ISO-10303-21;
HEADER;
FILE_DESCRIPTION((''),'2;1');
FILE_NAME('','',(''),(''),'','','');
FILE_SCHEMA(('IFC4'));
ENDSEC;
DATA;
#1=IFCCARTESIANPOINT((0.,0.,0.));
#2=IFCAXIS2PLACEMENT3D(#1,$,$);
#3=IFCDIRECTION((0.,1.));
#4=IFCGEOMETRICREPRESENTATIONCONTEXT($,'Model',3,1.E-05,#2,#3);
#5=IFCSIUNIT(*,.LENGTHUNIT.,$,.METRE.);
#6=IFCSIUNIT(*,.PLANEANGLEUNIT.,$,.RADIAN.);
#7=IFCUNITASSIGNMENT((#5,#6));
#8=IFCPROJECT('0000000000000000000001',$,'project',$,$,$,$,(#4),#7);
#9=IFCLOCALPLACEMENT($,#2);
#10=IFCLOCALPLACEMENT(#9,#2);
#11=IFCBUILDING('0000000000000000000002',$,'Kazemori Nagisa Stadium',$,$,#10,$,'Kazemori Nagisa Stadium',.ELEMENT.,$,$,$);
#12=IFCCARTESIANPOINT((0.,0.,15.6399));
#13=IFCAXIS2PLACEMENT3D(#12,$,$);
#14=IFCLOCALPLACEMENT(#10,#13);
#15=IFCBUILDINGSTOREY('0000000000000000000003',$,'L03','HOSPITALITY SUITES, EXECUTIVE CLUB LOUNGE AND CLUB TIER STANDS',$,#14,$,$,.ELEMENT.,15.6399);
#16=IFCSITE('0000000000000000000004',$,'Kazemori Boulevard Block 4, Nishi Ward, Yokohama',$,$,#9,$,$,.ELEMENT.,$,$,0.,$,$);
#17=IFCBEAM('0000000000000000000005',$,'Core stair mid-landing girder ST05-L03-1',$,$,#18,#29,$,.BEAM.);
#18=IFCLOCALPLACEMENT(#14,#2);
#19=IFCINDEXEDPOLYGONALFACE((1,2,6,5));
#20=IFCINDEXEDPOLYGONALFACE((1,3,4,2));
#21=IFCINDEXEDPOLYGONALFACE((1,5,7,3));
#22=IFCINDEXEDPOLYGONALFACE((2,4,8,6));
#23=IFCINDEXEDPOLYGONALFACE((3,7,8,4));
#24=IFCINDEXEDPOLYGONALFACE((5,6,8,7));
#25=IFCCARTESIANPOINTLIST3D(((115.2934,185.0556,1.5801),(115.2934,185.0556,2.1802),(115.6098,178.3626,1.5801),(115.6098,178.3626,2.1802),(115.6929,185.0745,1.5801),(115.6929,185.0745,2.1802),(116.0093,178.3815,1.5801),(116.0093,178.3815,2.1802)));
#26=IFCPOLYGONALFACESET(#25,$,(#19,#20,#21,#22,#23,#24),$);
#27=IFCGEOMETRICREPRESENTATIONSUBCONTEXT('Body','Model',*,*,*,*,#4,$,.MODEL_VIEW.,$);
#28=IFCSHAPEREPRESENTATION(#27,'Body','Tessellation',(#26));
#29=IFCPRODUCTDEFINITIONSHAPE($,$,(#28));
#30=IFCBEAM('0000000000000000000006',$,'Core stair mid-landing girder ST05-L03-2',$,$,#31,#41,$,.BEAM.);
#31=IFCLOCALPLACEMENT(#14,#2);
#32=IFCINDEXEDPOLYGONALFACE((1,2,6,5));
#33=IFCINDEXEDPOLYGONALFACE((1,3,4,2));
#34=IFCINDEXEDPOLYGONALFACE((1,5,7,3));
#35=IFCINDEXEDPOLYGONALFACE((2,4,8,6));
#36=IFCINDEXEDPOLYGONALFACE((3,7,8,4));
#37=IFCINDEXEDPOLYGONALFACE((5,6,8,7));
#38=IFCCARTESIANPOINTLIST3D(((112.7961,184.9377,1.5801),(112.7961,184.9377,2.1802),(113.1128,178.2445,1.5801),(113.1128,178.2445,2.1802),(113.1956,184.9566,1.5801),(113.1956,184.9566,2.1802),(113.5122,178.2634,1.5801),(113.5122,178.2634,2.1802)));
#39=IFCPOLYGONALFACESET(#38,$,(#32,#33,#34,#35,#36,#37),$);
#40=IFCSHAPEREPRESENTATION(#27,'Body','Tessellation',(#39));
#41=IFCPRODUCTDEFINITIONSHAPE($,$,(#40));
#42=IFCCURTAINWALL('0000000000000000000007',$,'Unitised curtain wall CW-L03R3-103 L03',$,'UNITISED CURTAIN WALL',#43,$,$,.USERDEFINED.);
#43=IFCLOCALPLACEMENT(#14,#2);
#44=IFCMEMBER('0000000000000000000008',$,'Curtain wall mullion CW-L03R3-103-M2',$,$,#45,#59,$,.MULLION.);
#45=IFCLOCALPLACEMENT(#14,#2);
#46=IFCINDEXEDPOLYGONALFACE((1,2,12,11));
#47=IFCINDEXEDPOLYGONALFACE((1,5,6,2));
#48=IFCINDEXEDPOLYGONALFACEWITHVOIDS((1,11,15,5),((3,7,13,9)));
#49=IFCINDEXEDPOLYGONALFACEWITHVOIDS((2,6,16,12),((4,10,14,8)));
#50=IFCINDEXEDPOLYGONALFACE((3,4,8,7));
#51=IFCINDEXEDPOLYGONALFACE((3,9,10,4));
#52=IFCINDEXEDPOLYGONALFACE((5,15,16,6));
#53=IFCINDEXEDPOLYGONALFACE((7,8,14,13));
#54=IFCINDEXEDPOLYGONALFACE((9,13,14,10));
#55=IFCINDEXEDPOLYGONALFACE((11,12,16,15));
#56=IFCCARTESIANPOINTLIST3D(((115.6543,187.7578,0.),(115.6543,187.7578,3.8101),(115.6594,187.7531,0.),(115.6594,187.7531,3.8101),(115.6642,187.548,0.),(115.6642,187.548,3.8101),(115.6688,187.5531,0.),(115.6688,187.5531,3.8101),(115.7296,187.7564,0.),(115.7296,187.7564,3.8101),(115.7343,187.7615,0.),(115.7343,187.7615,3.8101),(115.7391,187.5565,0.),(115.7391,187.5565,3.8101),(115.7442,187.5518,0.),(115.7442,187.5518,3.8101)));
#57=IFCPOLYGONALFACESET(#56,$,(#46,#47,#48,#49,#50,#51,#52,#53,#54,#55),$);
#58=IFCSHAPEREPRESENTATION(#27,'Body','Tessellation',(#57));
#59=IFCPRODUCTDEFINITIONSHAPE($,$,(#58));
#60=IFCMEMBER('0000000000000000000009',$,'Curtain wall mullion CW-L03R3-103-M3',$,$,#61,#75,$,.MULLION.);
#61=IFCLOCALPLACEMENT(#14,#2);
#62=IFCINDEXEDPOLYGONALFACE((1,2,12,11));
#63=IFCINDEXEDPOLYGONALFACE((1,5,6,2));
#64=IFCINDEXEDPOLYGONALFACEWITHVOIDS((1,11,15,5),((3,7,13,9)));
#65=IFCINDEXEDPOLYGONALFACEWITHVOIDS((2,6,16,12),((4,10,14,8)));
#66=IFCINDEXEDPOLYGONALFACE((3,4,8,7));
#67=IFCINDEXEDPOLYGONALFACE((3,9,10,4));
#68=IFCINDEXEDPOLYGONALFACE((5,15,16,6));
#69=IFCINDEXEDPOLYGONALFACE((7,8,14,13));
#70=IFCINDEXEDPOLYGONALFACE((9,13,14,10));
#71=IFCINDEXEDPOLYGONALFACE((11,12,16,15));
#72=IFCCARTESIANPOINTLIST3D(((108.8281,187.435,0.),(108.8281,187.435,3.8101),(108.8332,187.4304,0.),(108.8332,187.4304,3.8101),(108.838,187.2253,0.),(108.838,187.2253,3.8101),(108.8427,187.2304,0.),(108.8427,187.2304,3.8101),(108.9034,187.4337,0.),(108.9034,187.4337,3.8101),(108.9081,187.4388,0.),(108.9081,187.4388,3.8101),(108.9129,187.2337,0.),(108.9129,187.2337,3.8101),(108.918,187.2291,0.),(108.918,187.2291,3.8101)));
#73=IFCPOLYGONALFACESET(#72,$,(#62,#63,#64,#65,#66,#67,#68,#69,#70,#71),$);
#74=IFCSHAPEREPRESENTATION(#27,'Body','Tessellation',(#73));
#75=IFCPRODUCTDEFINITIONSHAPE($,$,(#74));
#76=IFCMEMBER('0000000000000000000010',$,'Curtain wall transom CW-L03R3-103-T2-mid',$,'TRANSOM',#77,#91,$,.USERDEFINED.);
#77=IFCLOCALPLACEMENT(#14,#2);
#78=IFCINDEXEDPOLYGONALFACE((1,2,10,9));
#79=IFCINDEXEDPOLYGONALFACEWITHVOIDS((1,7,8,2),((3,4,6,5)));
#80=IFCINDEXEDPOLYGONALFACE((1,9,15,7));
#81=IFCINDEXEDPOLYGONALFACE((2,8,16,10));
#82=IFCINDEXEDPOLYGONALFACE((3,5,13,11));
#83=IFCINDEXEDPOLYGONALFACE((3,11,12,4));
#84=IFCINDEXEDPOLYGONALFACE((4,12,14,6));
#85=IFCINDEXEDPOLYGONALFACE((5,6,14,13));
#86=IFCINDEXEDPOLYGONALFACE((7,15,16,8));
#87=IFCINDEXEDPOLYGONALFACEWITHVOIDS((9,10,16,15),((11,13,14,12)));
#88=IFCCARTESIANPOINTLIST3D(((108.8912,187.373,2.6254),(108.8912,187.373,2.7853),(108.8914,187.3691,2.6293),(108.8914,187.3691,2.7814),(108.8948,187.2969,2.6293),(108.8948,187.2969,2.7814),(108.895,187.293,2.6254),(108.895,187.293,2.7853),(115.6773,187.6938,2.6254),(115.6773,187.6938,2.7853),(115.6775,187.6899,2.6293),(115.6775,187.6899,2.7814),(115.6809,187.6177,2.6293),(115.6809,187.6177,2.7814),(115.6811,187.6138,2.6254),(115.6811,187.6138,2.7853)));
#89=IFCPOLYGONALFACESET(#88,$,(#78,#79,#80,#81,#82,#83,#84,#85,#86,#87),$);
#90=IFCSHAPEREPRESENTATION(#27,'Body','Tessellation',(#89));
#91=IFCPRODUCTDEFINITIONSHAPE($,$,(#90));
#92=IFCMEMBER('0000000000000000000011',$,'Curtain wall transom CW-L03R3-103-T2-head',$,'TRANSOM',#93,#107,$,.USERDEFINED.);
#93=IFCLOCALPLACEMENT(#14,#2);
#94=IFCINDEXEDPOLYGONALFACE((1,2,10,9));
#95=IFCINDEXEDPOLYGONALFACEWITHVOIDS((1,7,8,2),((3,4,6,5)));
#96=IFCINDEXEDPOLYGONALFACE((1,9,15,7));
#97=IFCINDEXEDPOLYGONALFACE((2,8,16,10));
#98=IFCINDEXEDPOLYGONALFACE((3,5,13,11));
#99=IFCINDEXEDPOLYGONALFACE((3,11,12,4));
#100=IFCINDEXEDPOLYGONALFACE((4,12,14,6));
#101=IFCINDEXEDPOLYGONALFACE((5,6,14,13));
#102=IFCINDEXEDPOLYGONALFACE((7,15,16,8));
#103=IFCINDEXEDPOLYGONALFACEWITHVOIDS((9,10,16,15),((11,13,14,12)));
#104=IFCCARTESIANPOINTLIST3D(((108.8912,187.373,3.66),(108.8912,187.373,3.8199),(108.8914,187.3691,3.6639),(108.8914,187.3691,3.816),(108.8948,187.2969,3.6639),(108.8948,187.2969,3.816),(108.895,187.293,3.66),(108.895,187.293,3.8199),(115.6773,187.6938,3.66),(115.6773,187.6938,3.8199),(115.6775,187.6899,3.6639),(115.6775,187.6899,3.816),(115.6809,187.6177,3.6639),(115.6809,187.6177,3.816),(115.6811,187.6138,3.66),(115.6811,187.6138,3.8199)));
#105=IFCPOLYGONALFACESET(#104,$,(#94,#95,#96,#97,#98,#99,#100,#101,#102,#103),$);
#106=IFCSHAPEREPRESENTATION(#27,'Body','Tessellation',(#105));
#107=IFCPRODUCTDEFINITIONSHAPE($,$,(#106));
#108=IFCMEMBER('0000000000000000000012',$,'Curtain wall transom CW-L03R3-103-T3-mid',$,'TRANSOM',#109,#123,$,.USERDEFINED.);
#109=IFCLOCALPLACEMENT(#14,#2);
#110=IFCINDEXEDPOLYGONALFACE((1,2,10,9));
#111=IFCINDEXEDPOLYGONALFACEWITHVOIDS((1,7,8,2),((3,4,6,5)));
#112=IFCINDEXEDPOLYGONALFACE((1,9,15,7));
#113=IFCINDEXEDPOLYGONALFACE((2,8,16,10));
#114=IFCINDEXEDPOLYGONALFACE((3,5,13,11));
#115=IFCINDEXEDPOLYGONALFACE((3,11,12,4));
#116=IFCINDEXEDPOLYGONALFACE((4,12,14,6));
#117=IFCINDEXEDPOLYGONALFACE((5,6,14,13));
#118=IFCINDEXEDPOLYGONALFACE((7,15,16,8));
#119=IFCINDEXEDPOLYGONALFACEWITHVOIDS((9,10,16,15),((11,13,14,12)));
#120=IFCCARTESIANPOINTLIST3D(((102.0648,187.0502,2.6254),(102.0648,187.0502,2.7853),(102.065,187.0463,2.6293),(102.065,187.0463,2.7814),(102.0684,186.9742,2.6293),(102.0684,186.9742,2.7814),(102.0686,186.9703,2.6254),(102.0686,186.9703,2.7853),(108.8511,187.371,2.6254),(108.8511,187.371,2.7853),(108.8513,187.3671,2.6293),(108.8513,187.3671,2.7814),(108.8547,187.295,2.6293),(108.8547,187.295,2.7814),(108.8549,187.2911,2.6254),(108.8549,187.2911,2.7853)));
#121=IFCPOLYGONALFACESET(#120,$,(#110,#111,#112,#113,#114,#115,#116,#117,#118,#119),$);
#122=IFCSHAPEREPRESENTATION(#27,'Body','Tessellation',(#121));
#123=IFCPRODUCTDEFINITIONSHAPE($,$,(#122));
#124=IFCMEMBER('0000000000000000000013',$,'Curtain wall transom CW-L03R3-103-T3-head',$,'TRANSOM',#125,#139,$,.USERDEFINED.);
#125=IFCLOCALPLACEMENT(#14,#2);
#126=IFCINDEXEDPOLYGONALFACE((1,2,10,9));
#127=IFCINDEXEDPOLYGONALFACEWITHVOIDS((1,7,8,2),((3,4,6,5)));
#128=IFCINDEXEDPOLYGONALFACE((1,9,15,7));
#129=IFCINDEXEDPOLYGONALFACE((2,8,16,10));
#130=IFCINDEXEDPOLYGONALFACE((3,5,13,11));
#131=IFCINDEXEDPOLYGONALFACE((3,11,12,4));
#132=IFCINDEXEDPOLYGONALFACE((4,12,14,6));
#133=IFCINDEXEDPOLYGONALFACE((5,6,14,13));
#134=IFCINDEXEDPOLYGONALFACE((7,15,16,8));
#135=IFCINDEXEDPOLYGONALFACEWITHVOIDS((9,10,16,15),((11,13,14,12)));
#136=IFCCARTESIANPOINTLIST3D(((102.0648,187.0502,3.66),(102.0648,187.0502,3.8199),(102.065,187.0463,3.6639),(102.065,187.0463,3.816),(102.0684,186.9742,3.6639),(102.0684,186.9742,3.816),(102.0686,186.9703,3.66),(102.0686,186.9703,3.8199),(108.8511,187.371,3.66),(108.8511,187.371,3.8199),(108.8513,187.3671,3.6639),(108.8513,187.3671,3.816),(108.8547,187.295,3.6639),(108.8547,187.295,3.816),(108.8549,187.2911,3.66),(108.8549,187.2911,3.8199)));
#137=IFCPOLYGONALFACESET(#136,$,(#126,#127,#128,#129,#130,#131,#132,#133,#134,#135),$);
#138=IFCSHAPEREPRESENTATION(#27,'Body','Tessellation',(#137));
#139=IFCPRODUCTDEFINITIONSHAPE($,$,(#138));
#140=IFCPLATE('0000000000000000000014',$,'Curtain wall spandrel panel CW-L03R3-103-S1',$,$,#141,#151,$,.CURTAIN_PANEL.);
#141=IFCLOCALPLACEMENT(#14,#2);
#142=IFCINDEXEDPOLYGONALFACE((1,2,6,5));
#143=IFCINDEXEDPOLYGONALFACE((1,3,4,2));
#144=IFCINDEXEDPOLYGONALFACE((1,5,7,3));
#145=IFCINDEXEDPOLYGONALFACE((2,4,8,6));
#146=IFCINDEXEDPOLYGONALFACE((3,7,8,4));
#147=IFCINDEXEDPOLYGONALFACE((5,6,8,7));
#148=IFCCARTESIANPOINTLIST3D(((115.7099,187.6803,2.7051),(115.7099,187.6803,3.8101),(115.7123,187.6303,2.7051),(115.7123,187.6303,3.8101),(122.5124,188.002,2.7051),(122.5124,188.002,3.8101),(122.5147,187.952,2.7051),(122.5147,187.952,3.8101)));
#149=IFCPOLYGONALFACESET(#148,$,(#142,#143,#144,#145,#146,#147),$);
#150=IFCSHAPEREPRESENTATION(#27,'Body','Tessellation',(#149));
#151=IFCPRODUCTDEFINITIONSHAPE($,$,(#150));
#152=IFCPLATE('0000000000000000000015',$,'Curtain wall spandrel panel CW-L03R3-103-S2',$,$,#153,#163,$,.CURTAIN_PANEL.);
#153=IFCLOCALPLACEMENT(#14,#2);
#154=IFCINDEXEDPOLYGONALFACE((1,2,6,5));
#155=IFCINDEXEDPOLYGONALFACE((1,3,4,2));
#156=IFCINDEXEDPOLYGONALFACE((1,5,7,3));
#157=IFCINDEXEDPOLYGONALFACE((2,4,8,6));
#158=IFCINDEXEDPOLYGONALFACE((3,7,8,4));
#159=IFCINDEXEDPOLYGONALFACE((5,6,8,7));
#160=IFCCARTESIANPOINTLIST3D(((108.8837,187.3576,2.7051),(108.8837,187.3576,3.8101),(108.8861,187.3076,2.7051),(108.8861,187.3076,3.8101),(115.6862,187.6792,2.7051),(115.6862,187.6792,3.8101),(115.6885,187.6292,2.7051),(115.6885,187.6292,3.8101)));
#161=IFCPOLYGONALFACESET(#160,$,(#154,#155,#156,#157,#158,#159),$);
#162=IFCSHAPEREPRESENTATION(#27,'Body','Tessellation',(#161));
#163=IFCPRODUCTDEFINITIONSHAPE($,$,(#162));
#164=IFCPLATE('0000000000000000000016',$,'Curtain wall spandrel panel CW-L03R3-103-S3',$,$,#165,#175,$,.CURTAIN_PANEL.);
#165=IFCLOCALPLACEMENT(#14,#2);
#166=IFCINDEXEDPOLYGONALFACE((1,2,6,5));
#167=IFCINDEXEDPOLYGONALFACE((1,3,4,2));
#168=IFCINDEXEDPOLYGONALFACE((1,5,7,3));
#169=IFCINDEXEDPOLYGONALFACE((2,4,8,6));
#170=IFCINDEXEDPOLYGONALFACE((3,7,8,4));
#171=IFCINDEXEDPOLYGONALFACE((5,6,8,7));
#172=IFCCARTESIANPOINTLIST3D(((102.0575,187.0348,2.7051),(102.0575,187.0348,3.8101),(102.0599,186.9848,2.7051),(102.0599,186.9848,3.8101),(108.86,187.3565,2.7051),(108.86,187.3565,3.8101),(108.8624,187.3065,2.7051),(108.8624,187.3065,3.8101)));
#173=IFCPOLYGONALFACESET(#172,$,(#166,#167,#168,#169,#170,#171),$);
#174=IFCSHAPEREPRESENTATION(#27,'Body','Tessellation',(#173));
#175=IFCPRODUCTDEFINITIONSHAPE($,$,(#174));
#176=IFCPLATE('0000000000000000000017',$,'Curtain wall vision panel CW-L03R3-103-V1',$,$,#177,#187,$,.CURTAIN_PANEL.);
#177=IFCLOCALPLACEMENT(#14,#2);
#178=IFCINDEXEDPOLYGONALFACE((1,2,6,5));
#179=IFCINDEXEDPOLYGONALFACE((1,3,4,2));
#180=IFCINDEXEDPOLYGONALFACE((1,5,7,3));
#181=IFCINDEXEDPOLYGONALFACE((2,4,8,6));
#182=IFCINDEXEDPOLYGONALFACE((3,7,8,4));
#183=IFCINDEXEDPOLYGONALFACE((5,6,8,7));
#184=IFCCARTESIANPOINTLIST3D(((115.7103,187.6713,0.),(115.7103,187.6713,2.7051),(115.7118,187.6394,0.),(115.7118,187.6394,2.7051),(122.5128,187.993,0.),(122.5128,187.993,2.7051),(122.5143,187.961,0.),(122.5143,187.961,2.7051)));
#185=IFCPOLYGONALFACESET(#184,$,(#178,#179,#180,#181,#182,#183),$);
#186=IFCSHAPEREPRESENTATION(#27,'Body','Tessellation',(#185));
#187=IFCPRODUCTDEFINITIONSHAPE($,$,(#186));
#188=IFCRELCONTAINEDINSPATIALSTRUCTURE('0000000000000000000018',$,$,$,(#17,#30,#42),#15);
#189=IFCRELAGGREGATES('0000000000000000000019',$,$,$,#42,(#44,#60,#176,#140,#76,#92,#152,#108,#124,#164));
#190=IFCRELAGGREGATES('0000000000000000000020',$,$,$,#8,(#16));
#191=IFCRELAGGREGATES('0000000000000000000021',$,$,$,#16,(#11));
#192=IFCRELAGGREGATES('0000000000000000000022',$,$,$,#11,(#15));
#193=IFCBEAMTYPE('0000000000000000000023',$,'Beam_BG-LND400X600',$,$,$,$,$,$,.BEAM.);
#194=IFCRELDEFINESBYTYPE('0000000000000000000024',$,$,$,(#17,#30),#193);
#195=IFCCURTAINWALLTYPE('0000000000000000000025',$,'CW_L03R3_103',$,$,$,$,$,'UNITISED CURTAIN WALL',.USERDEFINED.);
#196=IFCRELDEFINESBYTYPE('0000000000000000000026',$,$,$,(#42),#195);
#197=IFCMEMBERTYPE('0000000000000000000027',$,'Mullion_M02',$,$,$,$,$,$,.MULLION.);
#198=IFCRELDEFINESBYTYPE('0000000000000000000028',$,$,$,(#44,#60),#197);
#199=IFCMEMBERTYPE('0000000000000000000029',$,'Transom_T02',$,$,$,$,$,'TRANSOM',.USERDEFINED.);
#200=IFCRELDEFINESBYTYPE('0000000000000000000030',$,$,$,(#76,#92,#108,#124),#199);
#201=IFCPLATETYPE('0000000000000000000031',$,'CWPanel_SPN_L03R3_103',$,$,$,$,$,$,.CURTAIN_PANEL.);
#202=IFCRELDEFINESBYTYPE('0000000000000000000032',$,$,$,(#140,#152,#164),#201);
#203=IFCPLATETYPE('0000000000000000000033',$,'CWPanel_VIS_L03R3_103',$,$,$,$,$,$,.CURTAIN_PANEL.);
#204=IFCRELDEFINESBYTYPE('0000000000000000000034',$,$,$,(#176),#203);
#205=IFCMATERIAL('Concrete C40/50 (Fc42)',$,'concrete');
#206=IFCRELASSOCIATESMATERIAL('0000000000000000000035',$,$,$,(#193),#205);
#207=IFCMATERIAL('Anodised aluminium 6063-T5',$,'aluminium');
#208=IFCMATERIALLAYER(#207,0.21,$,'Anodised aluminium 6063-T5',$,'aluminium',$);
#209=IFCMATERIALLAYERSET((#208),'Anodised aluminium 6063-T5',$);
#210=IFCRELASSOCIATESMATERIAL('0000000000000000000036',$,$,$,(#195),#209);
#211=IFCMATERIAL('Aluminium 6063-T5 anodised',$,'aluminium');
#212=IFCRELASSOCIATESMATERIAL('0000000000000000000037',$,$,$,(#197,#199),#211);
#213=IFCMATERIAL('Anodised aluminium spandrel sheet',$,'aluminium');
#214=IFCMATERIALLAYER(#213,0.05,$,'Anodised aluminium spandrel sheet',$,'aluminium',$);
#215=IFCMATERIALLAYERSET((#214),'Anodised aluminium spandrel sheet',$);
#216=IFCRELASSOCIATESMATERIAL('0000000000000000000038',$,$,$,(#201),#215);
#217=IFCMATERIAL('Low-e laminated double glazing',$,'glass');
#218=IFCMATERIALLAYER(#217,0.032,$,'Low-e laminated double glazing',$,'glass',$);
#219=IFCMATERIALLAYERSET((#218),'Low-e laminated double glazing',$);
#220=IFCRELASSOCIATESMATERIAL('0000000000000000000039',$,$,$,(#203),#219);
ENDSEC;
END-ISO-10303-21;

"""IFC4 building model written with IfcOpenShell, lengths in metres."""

from ifc_helpers import new_model, si_unit, direction, frame, origin, origin_2d, place, context, subcontext, project, spatial, rectangle, hollow_rectangle, extrude, material, layer, layer_set, material_profile, profile_set, type_object, element, aggregate, save


model = new_model("IFC4")

# Units and contexts
model_context = context("Model", 3, precision=1e-05, world=origin(), true_north=direction((0.0, 1.0)))
body_context = subcontext(model_context, "Body", "Model", "MODEL_VIEW")
ifc_project = project(units=[si_unit("LENGTHUNIT", "METRE"), si_unit("PLANEANGLEUNIT", "RADIAN")], contexts=[model_context])

# Site, building, storey
site_placement = place(None, origin())
site = spatial("IfcSite", under=ifc_project, at=site_placement, Name="Kazemori Boulevard Block 4, Nishi Ward, Yokohama", CompositionType="ELEMENT", RefElevation=0.0)
building_placement = place(site_placement, origin())
building = spatial("IfcBuilding", under=site, at=building_placement, Name="Kazemori Nagisa Stadium", LongName="Kazemori Nagisa Stadium", CompositionType="ELEMENT")
storey_placement = place(building_placement, frame((0.0, 0.0, 15.6399)))
storey = spatial("IfcBuildingStorey", under=building, at=storey_placement, Name="L03", Description="HOSPITALITY SUITES, EXECUTIVE CLUB LOUNGE AND CLUB TIER STANDS", CompositionType="ELEMENT", Elevation=15.6399)

# Beams
ifc_material_1 = material(Name="Concrete C40/50 (Fc42)", Category="concrete")
ifc_material_profile_1 = material_profile(ifc_material_1, rectangle(XDim=0.3999, YDim=0.6001, at=origin_2d()), Name="RC-BM-400x600")
ifc_profile_set_1 = profile_set([ifc_material_profile_1], Name="Concrete C40/50 (Fc42)")
beam_type = type_object("IfcBeamType", Name="Beam_BG-LND400X600", PredefinedType="BEAM", material=ifc_profile_set_1)
beam_1_placement = place(storey_placement, frame((115.8096, 178.3721, 1.8801), z_axis=(-0.047222, 0.998884, 0.0), x_axis=(-0.998884, -0.047222, 0.0)))
element("IfcBeam", 1, at=beam_1_placement, inside=storey, type_object=beam_type, Name="Core stair mid-landing girder ST05-L03-1", PredefinedType="BEAM", context=body_context, shape_type="SweptSolid", body=[
    extrude(rectangle(XDim=0.3999, YDim=0.6001, at=origin_2d()), origin(), (0.0, 0.0, 1.0), 6.7004),
])
beam_2_placement = place(storey_placement, frame((113.3125, 178.2539, 1.8801), z_axis=(-0.047257, 0.998883, 0.0), x_axis=(-0.998883, -0.047257, 0.0)))
element("IfcBeam", 2, at=beam_2_placement, inside=storey, type_object=beam_type, Name="Core stair mid-landing girder ST05-L03-2", PredefinedType="BEAM", context=body_context, shape_type="SweptSolid", body=[
    extrude(rectangle(XDim=0.3999, YDim=0.6001, at=origin_2d()), origin(), (0.0, 0.0, 1.0), 6.7007),
])

# Curtain wall, members, plates
ifc_material_2 = material(Name="Anodised aluminium 6063-T5", Category="aluminium")
ifc_layer_1 = layer(ifc_material_2, 0.21, Name="Anodised aluminium 6063-T5", Category="aluminium")
ifc_layer_set_1 = layer_set([ifc_layer_1], Name="Anodised aluminium 6063-T5")
curtain_wall_type = type_object("IfcCurtainWallType", Name="CW_L03R3_103", ElementType="UNITISED CURTAIN WALL", PredefinedType="USERDEFINED", material=ifc_layer_set_1)
curtain_wall_placement = place(storey_placement, origin())
curtain_wall = element("IfcCurtainWall", 3, at=curtain_wall_placement, inside=storey, type_object=curtain_wall_type, Name="Unitised curtain wall CW-L03R3-103 L03", ObjectType="UNITISED CURTAIN WALL", PredefinedType="USERDEFINED")
ifc_material_3 = material(Name="Aluminium 6063-T5 anodised", Category="aluminium")
ifc_material_profile_2 = material_profile(ifc_material_3, hollow_rectangle(XDim=0.0801, YDim=0.21, WallThickness=0.0049, at=origin_2d()), Name="ALU-MULL-80x210x5")
ifc_profile_set_2 = profile_set([ifc_material_profile_2], Name="Aluminium 6063-T5 anodised")
member_type_1 = type_object("IfcMemberType", Name="Mullion_M02", PredefinedType="MULLION", material=ifc_profile_set_2)
member_1_placement = place(storey_placement, frame((115.6992, 187.6548, 0.0), z_axis=(0.0, 0.0, 1.0), x_axis=(-0.998884, -0.04723, 0.0)))
member_1 = element("IfcMember", 4, at=member_1_placement, type_object=member_type_1, Name="Curtain wall mullion CW-L03R3-103-M2", PredefinedType="MULLION", context=body_context, shape_type="SweptSolid", body=[
    extrude(hollow_rectangle(XDim=0.0801, YDim=0.21, WallThickness=0.0049, at=origin_2d()), origin(), (0.0, 0.0, 1.0), 3.8101),
])
member_2_placement = place(storey_placement, frame((108.873, 187.332, 0.0), z_axis=(0.0, 0.0, 1.0), x_axis=(-0.998884, -0.04723, 0.0)))
member_2 = element("IfcMember", 5, at=member_2_placement, type_object=member_type_1, Name="Curtain wall mullion CW-L03R3-103-M3", PredefinedType="MULLION", context=body_context, shape_type="SweptSolid", body=[
    extrude(hollow_rectangle(XDim=0.0801, YDim=0.21, WallThickness=0.0049, at=origin_2d()), origin(), (0.0, 0.0, 1.0), 3.8101),
])
ifc_material_profile_3 = material_profile(ifc_material_3, hollow_rectangle(XDim=0.0801, YDim=0.1599, WallThickness=0.0039, at=origin_2d()), Name="ALU-TRAN-80x160x4")
ifc_profile_set_3 = profile_set([ifc_material_profile_3], Name="Aluminium 6063-T5 anodised")
member_type_2 = type_object("IfcMemberType", Name="Transom_T02", ElementType="TRANSOM", PredefinedType="USERDEFINED", material=ifc_profile_set_3)
member_3_placement = place(storey_placement, frame((115.6792, 187.6538, 2.7053), z_axis=(-0.998885, -0.04722, 0.0), x_axis=(0.04722, -0.998885, 0.0)))
member_3 = element("IfcMember", 6, at=member_3_placement, type_object=member_type_2, Name="Curtain wall transom CW-L03R3-103-T2-mid", ObjectType="TRANSOM", PredefinedType="USERDEFINED", context=body_context, shape_type="SweptSolid", body=[
    extrude(hollow_rectangle(XDim=0.0801, YDim=0.1599, WallThickness=0.0039, at=origin_2d()), origin(), (0.0, 0.0, 1.0), 6.7937),
])
member_4_placement = place(storey_placement, frame((115.6792, 187.6538, 3.74), z_axis=(-0.998885, -0.04722, 0.0), x_axis=(0.04722, -0.998885, 0.0)))
member_4 = element("IfcMember", 7, at=member_4_placement, type_object=member_type_2, Name="Curtain wall transom CW-L03R3-103-T2-head", ObjectType="TRANSOM", PredefinedType="USERDEFINED", context=body_context, shape_type="SweptSolid", body=[
    extrude(hollow_rectangle(XDim=0.0801, YDim=0.1599, WallThickness=0.0039, at=origin_2d()), origin(), (0.0, 0.0, 1.0), 6.7937),
])
member_5_placement = place(storey_placement, frame((108.853, 187.3311, 2.7053), z_axis=(-0.998885, -0.047219, 0.0), x_axis=(0.047219, -0.998885, 0.0)))
member_5 = element("IfcMember", 8, at=member_5_placement, type_object=member_type_2, Name="Curtain wall transom CW-L03R3-103-T3-mid", ObjectType="TRANSOM", PredefinedType="USERDEFINED", context=body_context, shape_type="SweptSolid", body=[
    extrude(hollow_rectangle(XDim=0.0801, YDim=0.1599, WallThickness=0.0039, at=origin_2d()), origin(), (0.0, 0.0, 1.0), 6.7939),
])
member_6_placement = place(storey_placement, frame((108.853, 187.3311, 3.74), z_axis=(-0.998885, -0.047219, 0.0), x_axis=(0.047219, -0.998885, 0.0)))
member_6 = element("IfcMember", 9, at=member_6_placement, type_object=member_type_2, Name="Curtain wall transom CW-L03R3-103-T3-head", ObjectType="TRANSOM", PredefinedType="USERDEFINED", context=body_context, shape_type="SweptSolid", body=[
    extrude(hollow_rectangle(XDim=0.0801, YDim=0.1599, WallThickness=0.0039, at=origin_2d()), origin(), (0.0, 0.0, 1.0), 6.7939),
])
ifc_material_4 = material(Name="Anodised aluminium spandrel sheet", Category="aluminium")
ifc_layer_2 = layer(ifc_material_4, 0.05, Name="Anodised aluminium spandrel sheet", Category="aluminium")
ifc_layer_set_2 = layer_set([ifc_layer_2], Name="Anodised aluminium spandrel sheet")
plate_type_1 = type_object("IfcPlateType", Name="CWPanel_SPN_L03R3_103", PredefinedType="CURTAIN_PANEL", material=ifc_layer_set_2)
plate_1_placement = place(storey_placement, frame((119.1123, 187.8162, 2.7051), z_axis=(0.0, 0.0, 1.0), x_axis=(-0.998884, -0.04723, 0.0)))
plate_1 = element("IfcPlate", 10, at=plate_1_placement, type_object=plate_type_1, Name="Curtain wall spandrel panel CW-L03R3-103-S1", PredefinedType="CURTAIN_PANEL", context=body_context, shape_type="SweptSolid", body=[
    extrude(rectangle(XDim=6.8101, YDim=0.05, at=origin_2d()), origin(), (0.0, 0.0, 1.0), 1.105),
])
plate_2_placement = place(storey_placement, frame((112.2861, 187.4934, 2.7051), z_axis=(0.0, 0.0, 1.0), x_axis=(-0.998884, -0.04723, 0.0)))
plate_2 = element("IfcPlate", 11, at=plate_2_placement, type_object=plate_type_1, Name="Curtain wall spandrel panel CW-L03R3-103-S2", PredefinedType="CURTAIN_PANEL", context=body_context, shape_type="SweptSolid", body=[
    extrude(rectangle(XDim=6.8101, YDim=0.05, at=origin_2d()), origin(), (0.0, 0.0, 1.0), 1.105),
])
plate_3_placement = place(storey_placement, frame((105.46, 187.1707, 2.7051), z_axis=(0.0, 0.0, 1.0), x_axis=(-0.998884, -0.04723, 0.0)))
plate_3 = element("IfcPlate", 12, at=plate_3_placement, type_object=plate_type_1, Name="Curtain wall spandrel panel CW-L03R3-103-S3", PredefinedType="CURTAIN_PANEL", context=body_context, shape_type="SweptSolid", body=[
    extrude(rectangle(XDim=6.8101, YDim=0.05, at=origin_2d()), origin(), (0.0, 0.0, 1.0), 1.105),
])
ifc_material_5 = material(Name="Low-e laminated double glazing", Category="glass")
ifc_layer_3 = layer(ifc_material_5, 0.032, Name="Low-e laminated double glazing", Category="glass")
ifc_layer_set_3 = layer_set([ifc_layer_3], Name="Low-e laminated double glazing")
plate_type_2 = type_object("IfcPlateType", Name="CWPanel_VIS_L03R3_103", PredefinedType="CURTAIN_PANEL", material=ifc_layer_set_3)
plate_4_placement = place(storey_placement, frame((119.1123, 187.8162, 0.0), z_axis=(0.0, 0.0, 1.0), x_axis=(-0.998884, -0.04723, 0.0)))
plate_4 = element("IfcPlate", 13, at=plate_4_placement, type_object=plate_type_2, Name="Curtain wall vision panel CW-L03R3-103-V1", PredefinedType="CURTAIN_PANEL", context=body_context, shape_type="SweptSolid", body=[
    extrude(rectangle(XDim=6.8101, YDim=0.032, at=origin_2d()), origin(), (0.0, 0.0, 1.0), 2.7051),
])
aggregate(curtain_wall, [member_1, member_2, plate_4, plate_1, member_3, member_4, plate_2, member_5, member_6, plate_3])

save(model, "model.ifc")
